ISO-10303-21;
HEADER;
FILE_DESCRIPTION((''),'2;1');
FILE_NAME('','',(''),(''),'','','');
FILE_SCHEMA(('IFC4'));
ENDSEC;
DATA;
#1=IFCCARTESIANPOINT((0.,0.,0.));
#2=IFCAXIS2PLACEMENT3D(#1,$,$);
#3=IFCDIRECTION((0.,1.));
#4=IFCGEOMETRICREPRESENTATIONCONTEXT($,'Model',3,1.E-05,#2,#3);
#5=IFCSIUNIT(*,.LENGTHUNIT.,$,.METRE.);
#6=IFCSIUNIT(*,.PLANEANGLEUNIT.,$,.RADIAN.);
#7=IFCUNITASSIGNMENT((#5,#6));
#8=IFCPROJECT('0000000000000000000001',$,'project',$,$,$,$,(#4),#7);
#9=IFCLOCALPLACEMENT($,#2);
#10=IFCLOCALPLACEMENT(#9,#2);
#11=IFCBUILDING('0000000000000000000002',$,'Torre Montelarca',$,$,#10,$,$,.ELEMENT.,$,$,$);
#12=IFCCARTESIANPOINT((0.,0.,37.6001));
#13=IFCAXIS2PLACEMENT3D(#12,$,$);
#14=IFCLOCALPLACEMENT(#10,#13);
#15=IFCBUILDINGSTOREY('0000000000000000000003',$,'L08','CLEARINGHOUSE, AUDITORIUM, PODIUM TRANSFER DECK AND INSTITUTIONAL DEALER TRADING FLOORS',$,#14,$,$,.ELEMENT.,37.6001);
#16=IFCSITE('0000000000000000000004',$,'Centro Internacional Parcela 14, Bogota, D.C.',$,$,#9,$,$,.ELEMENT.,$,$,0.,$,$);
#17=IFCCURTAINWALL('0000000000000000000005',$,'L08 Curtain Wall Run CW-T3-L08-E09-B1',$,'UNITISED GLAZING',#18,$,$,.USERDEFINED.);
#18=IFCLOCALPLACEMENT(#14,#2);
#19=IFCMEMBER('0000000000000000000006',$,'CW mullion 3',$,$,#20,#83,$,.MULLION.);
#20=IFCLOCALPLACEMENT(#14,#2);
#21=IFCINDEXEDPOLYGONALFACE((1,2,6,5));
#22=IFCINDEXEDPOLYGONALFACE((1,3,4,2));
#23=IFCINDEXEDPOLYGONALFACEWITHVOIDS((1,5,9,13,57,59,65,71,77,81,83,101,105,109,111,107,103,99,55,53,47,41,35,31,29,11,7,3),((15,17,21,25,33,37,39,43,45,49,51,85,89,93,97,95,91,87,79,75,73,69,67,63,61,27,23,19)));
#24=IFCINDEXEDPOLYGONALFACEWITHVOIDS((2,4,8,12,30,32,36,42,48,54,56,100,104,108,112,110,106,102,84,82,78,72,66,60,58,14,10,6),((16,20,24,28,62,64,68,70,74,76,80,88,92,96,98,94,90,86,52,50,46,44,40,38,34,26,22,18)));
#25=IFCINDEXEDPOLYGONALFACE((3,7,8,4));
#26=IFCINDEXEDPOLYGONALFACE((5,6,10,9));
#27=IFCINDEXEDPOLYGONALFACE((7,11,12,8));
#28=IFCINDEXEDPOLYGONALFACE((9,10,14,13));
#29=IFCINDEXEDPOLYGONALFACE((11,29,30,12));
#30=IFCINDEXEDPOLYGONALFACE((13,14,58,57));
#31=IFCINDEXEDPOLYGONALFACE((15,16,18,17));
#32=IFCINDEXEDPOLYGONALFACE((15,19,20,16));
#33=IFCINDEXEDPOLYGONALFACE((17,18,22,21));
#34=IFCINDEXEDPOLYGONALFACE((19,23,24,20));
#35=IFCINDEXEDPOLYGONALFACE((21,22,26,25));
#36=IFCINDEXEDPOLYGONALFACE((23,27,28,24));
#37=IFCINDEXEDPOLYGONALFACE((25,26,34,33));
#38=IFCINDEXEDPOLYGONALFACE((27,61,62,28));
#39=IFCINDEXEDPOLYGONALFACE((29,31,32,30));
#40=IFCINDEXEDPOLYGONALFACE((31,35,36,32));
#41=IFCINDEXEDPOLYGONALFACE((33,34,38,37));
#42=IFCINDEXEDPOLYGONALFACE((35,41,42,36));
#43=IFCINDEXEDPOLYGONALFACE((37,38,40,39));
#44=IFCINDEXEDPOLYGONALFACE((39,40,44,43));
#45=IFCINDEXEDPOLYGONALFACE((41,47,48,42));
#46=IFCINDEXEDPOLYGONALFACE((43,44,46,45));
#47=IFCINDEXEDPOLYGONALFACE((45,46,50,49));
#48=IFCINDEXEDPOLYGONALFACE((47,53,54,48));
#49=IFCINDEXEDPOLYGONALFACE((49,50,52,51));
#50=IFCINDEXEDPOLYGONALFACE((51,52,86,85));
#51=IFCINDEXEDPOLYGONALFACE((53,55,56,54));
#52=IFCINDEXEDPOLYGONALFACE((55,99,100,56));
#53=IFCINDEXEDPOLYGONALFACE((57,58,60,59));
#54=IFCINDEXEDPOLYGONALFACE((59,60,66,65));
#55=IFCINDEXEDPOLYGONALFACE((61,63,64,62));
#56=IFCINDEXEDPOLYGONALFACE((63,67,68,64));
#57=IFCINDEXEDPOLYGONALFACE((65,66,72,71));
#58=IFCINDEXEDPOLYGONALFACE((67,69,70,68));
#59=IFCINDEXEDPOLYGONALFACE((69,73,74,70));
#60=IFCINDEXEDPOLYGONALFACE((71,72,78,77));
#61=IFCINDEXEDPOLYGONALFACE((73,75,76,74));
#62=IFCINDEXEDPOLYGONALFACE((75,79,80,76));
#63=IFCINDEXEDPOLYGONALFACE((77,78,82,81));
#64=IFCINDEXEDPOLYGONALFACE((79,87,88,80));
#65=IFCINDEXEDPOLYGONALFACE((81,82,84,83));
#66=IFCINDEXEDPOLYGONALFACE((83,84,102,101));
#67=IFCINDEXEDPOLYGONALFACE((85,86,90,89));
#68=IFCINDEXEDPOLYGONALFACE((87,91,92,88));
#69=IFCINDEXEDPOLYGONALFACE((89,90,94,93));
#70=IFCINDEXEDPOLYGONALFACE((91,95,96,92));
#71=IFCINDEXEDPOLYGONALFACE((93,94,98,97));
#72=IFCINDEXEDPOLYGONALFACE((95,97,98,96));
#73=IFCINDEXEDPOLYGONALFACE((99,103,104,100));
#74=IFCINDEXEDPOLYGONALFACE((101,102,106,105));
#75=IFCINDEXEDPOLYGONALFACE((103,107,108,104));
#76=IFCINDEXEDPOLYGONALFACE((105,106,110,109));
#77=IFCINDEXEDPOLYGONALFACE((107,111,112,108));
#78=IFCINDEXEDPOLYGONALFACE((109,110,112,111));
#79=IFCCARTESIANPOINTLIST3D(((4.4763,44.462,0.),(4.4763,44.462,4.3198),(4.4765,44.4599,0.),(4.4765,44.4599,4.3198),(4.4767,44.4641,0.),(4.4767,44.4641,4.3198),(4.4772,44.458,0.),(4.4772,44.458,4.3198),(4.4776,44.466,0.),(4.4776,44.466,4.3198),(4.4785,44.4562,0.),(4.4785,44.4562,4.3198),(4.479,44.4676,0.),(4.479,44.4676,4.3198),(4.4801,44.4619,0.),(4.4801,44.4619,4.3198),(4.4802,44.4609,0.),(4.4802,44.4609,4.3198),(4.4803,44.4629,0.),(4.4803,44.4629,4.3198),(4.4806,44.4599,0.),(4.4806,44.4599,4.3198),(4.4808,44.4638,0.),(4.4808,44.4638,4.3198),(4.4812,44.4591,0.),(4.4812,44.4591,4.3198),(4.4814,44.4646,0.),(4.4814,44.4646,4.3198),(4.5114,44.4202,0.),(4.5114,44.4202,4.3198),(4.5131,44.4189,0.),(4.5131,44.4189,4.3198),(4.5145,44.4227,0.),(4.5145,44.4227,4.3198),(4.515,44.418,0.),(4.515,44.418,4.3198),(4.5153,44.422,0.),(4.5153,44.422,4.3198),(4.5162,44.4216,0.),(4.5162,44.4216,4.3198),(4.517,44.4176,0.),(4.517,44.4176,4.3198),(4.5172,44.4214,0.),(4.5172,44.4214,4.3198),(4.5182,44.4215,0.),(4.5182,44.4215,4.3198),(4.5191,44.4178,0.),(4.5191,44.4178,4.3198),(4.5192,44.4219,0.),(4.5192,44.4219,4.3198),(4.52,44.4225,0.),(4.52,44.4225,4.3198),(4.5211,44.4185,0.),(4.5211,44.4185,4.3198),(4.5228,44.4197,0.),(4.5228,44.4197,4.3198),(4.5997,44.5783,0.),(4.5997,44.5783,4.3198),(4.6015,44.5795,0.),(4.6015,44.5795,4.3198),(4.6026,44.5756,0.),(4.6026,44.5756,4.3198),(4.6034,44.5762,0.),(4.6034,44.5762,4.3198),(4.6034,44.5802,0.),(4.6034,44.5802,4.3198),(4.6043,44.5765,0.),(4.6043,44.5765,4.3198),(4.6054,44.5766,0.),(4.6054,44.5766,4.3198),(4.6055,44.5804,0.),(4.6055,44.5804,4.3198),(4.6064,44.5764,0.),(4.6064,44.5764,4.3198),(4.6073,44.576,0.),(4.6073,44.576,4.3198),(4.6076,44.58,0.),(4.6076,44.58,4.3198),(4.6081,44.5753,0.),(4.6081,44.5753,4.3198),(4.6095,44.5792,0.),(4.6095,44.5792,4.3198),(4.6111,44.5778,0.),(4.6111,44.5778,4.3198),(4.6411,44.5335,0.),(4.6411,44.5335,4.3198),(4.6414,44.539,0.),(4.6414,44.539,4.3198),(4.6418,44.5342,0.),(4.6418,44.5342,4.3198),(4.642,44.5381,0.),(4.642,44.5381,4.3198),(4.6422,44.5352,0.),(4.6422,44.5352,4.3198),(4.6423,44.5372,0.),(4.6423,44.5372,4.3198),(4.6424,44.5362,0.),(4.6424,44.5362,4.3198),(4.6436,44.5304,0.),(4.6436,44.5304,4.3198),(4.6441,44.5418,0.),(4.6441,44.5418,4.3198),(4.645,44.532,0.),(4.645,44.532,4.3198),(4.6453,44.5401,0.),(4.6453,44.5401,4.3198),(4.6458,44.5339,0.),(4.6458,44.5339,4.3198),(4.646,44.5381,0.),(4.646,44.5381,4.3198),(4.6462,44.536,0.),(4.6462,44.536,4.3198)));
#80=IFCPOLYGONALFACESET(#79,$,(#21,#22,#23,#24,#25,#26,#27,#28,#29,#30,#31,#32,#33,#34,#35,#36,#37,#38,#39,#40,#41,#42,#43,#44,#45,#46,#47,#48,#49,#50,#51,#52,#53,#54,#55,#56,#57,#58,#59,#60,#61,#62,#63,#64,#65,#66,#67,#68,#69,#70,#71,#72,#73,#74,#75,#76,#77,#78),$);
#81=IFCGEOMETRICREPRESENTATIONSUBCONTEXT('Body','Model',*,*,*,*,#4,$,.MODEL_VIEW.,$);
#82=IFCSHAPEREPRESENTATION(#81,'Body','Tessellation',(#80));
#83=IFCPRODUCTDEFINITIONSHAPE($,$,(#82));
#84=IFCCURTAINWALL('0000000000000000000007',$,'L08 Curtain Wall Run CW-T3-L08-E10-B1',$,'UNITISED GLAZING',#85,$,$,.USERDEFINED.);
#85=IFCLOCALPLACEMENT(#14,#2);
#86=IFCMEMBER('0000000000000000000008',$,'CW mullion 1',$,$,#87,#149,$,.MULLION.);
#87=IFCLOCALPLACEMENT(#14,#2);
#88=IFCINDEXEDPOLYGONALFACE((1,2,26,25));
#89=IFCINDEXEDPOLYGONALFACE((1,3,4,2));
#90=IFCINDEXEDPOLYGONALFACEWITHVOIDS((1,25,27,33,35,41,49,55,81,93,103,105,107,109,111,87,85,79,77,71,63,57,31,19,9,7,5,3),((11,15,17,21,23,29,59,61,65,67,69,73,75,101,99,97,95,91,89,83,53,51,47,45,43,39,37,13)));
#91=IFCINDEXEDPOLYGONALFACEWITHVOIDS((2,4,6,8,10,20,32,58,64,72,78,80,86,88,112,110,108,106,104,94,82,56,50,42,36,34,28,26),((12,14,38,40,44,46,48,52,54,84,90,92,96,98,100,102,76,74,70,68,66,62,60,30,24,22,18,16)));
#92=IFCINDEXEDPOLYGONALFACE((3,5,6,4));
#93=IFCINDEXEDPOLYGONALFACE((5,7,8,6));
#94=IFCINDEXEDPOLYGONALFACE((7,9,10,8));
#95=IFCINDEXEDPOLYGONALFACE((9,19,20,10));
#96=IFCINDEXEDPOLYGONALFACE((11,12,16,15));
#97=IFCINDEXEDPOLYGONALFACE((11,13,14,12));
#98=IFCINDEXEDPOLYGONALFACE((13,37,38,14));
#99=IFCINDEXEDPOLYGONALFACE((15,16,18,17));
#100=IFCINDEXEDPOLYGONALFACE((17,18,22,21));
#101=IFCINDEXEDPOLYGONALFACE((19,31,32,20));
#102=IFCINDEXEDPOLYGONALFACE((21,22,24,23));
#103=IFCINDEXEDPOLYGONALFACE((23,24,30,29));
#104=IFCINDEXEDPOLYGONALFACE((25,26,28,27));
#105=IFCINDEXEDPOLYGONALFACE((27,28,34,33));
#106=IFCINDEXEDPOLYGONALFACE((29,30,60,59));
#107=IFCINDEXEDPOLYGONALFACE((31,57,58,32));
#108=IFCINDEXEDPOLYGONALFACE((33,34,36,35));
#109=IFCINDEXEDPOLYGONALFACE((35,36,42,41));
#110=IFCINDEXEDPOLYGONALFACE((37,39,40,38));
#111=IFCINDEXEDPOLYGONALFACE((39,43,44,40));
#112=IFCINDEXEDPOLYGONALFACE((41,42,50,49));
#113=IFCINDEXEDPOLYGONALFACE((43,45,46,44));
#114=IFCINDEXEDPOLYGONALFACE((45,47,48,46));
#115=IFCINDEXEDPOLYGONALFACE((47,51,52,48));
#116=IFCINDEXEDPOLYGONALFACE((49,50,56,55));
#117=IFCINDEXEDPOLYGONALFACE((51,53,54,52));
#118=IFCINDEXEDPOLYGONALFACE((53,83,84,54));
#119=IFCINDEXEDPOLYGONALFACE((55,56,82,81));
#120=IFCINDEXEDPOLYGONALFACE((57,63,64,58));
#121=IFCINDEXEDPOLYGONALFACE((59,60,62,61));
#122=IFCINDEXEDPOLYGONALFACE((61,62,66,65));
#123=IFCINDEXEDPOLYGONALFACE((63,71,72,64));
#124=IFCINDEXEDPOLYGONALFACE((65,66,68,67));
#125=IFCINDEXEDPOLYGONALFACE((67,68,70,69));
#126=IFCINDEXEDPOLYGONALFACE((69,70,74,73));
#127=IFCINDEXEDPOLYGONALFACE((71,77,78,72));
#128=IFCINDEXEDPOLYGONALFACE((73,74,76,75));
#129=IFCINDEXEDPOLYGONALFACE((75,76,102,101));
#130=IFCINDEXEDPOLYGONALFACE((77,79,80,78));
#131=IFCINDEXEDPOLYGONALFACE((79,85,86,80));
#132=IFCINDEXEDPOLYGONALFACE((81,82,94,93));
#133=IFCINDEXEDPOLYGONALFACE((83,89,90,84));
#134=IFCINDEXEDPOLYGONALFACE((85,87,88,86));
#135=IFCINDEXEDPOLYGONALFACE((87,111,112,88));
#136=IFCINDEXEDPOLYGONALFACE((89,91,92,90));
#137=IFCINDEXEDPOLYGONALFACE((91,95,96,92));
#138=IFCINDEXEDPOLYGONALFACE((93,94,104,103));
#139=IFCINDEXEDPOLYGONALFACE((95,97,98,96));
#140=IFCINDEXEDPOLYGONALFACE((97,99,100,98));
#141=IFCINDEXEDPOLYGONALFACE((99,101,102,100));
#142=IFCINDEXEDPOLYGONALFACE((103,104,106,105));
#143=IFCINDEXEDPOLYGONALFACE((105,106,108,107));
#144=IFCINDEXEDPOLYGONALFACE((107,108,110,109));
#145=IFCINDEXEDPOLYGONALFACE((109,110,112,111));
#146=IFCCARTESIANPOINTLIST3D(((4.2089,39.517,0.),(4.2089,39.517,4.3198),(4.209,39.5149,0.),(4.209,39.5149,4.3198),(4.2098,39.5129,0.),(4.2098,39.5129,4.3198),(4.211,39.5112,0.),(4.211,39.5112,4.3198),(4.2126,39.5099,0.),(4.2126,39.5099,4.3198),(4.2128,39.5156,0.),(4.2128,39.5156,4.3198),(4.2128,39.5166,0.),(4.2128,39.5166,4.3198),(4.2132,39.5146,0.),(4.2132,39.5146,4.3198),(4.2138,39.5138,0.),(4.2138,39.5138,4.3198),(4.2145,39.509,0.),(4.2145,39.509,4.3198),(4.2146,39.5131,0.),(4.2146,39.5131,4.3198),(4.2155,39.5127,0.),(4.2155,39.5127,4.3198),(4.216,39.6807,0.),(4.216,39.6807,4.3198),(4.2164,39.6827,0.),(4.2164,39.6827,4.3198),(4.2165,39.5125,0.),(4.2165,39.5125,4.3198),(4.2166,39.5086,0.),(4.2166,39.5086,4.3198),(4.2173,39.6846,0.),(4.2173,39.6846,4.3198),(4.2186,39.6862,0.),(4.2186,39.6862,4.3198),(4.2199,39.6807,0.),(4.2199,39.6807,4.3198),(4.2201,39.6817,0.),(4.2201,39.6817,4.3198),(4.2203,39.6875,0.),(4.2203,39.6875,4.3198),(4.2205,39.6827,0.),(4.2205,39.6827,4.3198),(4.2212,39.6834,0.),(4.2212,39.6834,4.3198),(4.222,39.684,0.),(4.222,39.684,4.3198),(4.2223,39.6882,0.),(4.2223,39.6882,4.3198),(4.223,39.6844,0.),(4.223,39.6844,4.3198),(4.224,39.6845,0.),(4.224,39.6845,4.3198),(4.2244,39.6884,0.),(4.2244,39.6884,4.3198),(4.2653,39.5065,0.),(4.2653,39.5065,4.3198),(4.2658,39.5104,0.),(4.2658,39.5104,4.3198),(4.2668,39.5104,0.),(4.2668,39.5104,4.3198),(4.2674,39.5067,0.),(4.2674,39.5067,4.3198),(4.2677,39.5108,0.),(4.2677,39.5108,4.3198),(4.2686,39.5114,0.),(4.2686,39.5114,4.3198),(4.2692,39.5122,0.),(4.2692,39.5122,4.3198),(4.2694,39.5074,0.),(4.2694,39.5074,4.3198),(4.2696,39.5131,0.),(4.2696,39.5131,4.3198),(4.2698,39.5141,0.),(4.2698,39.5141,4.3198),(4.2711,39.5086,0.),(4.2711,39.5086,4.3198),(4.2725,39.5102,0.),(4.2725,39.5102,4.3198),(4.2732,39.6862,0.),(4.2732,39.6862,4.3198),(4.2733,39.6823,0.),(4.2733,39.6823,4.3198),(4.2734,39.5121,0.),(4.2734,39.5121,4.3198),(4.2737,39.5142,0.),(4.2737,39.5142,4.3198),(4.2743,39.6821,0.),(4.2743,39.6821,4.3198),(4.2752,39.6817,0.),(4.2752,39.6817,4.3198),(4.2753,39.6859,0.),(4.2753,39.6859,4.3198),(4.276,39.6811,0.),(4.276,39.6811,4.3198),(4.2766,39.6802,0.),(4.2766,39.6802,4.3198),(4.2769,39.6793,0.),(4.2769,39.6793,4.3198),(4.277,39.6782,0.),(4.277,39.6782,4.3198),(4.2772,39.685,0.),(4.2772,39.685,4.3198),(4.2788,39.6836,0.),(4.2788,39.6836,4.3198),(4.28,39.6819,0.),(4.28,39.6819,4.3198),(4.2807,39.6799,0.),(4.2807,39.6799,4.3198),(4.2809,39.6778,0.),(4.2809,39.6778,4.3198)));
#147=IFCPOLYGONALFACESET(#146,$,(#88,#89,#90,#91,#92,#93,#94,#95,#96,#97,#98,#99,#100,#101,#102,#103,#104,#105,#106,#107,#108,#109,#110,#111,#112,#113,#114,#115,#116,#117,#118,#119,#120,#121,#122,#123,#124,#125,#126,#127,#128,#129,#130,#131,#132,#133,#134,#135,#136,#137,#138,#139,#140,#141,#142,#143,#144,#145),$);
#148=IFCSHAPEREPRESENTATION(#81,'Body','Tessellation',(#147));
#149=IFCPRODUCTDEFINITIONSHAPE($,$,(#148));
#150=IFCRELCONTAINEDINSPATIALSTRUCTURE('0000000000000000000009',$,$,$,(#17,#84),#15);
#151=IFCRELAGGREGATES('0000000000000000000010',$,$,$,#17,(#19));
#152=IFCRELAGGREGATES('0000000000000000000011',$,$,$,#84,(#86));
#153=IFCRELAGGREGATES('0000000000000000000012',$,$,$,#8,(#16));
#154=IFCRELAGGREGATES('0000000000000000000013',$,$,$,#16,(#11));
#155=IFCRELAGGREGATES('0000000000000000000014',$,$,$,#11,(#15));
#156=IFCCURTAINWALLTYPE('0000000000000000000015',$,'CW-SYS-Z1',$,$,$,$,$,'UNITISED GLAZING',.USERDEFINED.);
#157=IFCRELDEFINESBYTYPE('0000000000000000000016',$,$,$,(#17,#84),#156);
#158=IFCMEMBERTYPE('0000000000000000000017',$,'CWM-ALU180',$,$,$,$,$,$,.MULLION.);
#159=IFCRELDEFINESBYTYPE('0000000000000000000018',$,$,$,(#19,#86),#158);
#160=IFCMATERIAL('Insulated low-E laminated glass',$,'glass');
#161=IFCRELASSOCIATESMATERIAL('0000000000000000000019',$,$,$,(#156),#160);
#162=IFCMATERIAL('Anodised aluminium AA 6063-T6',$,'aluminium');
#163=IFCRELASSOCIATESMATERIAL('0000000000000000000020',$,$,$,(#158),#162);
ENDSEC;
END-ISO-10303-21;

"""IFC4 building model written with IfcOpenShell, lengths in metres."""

from ifc_helpers import new_model, si_unit, direction, frame, origin, origin_2d, place, context, subcontext, project, spatial, hollow_rectangle, extrude, source, transform, mapped, material, material_profile, profile_set, type_object, element, aggregate, save


model = new_model("IFC4")

# Units and contexts
model_context = context("Model", 3, precision=1e-05, world=origin(), true_north=direction((0.0, 1.0)))
body_context = subcontext(model_context, "Body", "Model", "MODEL_VIEW")
ifc_project = project(units=[si_unit("LENGTHUNIT", "METRE"), si_unit("PLANEANGLEUNIT", "RADIAN")], contexts=[model_context])

# Site, building, storey
site_placement = place(None, origin())
site = spatial("IfcSite", under=ifc_project, at=site_placement, Name="Centro Internacional Parcela 14, Bogota, D.C.", CompositionType="ELEMENT", RefElevation=0.0)
building_placement = place(site_placement, origin())
building = spatial("IfcBuilding", under=site, at=building_placement, Name="Torre Montelarca", CompositionType="ELEMENT")
storey_placement = place(building_placement, frame((0.0, 0.0, 37.6001)))
storey = spatial("IfcBuildingStorey", under=building, at=storey_placement, Name="L08", Description="CLEARINGHOUSE, AUDITORIUM, PODIUM TRANSFER DECK AND INSTITUTIONAL DEALER TRADING FLOORS", CompositionType="ELEMENT", Elevation=37.6001)

# Curtain walls, members
ifc_material_1 = material(Name="Insulated low-E laminated glass", Category="glass")
curtain_wall_type = type_object("IfcCurtainWallType", Name="CW-SYS-Z1", ElementType="UNITISED GLAZING", PredefinedType="USERDEFINED", material=ifc_material_1)
curtain_wall_1_placement = place(storey_placement, origin())
curtain_wall_1 = element("IfcCurtainWall", 1, at=curtain_wall_1_placement, inside=storey, type_object=curtain_wall_type, Name="L08 Curtain Wall Run CW-T3-L08-E09-B1", ObjectType="UNITISED GLAZING", PredefinedType="USERDEFINED")
ifc_material_2 = material(Name="Anodised aluminium AA 6063-T6", Category="aluminium")
ifc_material_profile_1 = material_profile(ifc_material_2, hollow_rectangle(XDim=0.0649, YDim=0.1799, WallThickness=0.0039, InnerFilletRadius=0.0039, OuterFilletRadius=0.0081, at=origin_2d()), Name="ALU65X180X4", Category="aluminium")
ifc_profile_set_1 = profile_set([ifc_material_profile_1], Name="Anodised aluminium AA 6063-T6")
member_type_1 = type_object("IfcMemberType", Name="CWM-ALU180", PredefinedType="MULLION", material=ifc_profile_set_1)
shared_shape_1 = source(origin(), body_context, "Body", "SweptSolid", [
    extrude(hollow_rectangle(XDim=0.0649, YDim=0.1799, WallThickness=0.0039, InnerFilletRadius=0.0039, OuterFilletRadius=0.0081, at=origin_2d()), origin(), (0.0, 0.0, 1.0), 4.3198),
])
member_1_placement = place(storey_placement, frame((4.5613, 44.499, 0.0), z_axis=(0.0, 0.0, 1.0), x_axis=(0.675583, -0.737283, 0.0)))
member_1 = element("IfcMember", 2, at=member_1_placement, type_object=member_type_1, Name="CW mullion 3", PredefinedType="MULLION", context=body_context, shape_type="MappedRepresentation", body=[
    mapped(shared_shape_1, transform((0.0, 0.0, 0.0), scale=1.0)),
])
curtain_wall_2_placement = place(storey_placement, origin())
curtain_wall_2 = element("IfcCurtainWall", 3, at=curtain_wall_2_placement, inside=storey, type_object=curtain_wall_type, Name="L08 Curtain Wall Run CW-T3-L08-E10-B1", ObjectType="UNITISED GLAZING", PredefinedType="USERDEFINED")
member_2_placement = place(storey_placement, frame((4.2449, 39.5974, 0.0), z_axis=(0.0, 0.0, 1.0), x_axis=(0.999048, -0.043629, 0.0)))
member_2 = element("IfcMember", 4, at=member_2_placement, type_object=member_type_1, Name="CW mullion 1", PredefinedType="MULLION", context=body_context, shape_type="MappedRepresentation", body=[
    mapped(shared_shape_1, transform((0.0, 0.0, 0.0), scale=1.0)),
])

aggregate(curtain_wall_1, [member_1])
aggregate(curtain_wall_2, [member_2])

save(model, "model.ifc")
